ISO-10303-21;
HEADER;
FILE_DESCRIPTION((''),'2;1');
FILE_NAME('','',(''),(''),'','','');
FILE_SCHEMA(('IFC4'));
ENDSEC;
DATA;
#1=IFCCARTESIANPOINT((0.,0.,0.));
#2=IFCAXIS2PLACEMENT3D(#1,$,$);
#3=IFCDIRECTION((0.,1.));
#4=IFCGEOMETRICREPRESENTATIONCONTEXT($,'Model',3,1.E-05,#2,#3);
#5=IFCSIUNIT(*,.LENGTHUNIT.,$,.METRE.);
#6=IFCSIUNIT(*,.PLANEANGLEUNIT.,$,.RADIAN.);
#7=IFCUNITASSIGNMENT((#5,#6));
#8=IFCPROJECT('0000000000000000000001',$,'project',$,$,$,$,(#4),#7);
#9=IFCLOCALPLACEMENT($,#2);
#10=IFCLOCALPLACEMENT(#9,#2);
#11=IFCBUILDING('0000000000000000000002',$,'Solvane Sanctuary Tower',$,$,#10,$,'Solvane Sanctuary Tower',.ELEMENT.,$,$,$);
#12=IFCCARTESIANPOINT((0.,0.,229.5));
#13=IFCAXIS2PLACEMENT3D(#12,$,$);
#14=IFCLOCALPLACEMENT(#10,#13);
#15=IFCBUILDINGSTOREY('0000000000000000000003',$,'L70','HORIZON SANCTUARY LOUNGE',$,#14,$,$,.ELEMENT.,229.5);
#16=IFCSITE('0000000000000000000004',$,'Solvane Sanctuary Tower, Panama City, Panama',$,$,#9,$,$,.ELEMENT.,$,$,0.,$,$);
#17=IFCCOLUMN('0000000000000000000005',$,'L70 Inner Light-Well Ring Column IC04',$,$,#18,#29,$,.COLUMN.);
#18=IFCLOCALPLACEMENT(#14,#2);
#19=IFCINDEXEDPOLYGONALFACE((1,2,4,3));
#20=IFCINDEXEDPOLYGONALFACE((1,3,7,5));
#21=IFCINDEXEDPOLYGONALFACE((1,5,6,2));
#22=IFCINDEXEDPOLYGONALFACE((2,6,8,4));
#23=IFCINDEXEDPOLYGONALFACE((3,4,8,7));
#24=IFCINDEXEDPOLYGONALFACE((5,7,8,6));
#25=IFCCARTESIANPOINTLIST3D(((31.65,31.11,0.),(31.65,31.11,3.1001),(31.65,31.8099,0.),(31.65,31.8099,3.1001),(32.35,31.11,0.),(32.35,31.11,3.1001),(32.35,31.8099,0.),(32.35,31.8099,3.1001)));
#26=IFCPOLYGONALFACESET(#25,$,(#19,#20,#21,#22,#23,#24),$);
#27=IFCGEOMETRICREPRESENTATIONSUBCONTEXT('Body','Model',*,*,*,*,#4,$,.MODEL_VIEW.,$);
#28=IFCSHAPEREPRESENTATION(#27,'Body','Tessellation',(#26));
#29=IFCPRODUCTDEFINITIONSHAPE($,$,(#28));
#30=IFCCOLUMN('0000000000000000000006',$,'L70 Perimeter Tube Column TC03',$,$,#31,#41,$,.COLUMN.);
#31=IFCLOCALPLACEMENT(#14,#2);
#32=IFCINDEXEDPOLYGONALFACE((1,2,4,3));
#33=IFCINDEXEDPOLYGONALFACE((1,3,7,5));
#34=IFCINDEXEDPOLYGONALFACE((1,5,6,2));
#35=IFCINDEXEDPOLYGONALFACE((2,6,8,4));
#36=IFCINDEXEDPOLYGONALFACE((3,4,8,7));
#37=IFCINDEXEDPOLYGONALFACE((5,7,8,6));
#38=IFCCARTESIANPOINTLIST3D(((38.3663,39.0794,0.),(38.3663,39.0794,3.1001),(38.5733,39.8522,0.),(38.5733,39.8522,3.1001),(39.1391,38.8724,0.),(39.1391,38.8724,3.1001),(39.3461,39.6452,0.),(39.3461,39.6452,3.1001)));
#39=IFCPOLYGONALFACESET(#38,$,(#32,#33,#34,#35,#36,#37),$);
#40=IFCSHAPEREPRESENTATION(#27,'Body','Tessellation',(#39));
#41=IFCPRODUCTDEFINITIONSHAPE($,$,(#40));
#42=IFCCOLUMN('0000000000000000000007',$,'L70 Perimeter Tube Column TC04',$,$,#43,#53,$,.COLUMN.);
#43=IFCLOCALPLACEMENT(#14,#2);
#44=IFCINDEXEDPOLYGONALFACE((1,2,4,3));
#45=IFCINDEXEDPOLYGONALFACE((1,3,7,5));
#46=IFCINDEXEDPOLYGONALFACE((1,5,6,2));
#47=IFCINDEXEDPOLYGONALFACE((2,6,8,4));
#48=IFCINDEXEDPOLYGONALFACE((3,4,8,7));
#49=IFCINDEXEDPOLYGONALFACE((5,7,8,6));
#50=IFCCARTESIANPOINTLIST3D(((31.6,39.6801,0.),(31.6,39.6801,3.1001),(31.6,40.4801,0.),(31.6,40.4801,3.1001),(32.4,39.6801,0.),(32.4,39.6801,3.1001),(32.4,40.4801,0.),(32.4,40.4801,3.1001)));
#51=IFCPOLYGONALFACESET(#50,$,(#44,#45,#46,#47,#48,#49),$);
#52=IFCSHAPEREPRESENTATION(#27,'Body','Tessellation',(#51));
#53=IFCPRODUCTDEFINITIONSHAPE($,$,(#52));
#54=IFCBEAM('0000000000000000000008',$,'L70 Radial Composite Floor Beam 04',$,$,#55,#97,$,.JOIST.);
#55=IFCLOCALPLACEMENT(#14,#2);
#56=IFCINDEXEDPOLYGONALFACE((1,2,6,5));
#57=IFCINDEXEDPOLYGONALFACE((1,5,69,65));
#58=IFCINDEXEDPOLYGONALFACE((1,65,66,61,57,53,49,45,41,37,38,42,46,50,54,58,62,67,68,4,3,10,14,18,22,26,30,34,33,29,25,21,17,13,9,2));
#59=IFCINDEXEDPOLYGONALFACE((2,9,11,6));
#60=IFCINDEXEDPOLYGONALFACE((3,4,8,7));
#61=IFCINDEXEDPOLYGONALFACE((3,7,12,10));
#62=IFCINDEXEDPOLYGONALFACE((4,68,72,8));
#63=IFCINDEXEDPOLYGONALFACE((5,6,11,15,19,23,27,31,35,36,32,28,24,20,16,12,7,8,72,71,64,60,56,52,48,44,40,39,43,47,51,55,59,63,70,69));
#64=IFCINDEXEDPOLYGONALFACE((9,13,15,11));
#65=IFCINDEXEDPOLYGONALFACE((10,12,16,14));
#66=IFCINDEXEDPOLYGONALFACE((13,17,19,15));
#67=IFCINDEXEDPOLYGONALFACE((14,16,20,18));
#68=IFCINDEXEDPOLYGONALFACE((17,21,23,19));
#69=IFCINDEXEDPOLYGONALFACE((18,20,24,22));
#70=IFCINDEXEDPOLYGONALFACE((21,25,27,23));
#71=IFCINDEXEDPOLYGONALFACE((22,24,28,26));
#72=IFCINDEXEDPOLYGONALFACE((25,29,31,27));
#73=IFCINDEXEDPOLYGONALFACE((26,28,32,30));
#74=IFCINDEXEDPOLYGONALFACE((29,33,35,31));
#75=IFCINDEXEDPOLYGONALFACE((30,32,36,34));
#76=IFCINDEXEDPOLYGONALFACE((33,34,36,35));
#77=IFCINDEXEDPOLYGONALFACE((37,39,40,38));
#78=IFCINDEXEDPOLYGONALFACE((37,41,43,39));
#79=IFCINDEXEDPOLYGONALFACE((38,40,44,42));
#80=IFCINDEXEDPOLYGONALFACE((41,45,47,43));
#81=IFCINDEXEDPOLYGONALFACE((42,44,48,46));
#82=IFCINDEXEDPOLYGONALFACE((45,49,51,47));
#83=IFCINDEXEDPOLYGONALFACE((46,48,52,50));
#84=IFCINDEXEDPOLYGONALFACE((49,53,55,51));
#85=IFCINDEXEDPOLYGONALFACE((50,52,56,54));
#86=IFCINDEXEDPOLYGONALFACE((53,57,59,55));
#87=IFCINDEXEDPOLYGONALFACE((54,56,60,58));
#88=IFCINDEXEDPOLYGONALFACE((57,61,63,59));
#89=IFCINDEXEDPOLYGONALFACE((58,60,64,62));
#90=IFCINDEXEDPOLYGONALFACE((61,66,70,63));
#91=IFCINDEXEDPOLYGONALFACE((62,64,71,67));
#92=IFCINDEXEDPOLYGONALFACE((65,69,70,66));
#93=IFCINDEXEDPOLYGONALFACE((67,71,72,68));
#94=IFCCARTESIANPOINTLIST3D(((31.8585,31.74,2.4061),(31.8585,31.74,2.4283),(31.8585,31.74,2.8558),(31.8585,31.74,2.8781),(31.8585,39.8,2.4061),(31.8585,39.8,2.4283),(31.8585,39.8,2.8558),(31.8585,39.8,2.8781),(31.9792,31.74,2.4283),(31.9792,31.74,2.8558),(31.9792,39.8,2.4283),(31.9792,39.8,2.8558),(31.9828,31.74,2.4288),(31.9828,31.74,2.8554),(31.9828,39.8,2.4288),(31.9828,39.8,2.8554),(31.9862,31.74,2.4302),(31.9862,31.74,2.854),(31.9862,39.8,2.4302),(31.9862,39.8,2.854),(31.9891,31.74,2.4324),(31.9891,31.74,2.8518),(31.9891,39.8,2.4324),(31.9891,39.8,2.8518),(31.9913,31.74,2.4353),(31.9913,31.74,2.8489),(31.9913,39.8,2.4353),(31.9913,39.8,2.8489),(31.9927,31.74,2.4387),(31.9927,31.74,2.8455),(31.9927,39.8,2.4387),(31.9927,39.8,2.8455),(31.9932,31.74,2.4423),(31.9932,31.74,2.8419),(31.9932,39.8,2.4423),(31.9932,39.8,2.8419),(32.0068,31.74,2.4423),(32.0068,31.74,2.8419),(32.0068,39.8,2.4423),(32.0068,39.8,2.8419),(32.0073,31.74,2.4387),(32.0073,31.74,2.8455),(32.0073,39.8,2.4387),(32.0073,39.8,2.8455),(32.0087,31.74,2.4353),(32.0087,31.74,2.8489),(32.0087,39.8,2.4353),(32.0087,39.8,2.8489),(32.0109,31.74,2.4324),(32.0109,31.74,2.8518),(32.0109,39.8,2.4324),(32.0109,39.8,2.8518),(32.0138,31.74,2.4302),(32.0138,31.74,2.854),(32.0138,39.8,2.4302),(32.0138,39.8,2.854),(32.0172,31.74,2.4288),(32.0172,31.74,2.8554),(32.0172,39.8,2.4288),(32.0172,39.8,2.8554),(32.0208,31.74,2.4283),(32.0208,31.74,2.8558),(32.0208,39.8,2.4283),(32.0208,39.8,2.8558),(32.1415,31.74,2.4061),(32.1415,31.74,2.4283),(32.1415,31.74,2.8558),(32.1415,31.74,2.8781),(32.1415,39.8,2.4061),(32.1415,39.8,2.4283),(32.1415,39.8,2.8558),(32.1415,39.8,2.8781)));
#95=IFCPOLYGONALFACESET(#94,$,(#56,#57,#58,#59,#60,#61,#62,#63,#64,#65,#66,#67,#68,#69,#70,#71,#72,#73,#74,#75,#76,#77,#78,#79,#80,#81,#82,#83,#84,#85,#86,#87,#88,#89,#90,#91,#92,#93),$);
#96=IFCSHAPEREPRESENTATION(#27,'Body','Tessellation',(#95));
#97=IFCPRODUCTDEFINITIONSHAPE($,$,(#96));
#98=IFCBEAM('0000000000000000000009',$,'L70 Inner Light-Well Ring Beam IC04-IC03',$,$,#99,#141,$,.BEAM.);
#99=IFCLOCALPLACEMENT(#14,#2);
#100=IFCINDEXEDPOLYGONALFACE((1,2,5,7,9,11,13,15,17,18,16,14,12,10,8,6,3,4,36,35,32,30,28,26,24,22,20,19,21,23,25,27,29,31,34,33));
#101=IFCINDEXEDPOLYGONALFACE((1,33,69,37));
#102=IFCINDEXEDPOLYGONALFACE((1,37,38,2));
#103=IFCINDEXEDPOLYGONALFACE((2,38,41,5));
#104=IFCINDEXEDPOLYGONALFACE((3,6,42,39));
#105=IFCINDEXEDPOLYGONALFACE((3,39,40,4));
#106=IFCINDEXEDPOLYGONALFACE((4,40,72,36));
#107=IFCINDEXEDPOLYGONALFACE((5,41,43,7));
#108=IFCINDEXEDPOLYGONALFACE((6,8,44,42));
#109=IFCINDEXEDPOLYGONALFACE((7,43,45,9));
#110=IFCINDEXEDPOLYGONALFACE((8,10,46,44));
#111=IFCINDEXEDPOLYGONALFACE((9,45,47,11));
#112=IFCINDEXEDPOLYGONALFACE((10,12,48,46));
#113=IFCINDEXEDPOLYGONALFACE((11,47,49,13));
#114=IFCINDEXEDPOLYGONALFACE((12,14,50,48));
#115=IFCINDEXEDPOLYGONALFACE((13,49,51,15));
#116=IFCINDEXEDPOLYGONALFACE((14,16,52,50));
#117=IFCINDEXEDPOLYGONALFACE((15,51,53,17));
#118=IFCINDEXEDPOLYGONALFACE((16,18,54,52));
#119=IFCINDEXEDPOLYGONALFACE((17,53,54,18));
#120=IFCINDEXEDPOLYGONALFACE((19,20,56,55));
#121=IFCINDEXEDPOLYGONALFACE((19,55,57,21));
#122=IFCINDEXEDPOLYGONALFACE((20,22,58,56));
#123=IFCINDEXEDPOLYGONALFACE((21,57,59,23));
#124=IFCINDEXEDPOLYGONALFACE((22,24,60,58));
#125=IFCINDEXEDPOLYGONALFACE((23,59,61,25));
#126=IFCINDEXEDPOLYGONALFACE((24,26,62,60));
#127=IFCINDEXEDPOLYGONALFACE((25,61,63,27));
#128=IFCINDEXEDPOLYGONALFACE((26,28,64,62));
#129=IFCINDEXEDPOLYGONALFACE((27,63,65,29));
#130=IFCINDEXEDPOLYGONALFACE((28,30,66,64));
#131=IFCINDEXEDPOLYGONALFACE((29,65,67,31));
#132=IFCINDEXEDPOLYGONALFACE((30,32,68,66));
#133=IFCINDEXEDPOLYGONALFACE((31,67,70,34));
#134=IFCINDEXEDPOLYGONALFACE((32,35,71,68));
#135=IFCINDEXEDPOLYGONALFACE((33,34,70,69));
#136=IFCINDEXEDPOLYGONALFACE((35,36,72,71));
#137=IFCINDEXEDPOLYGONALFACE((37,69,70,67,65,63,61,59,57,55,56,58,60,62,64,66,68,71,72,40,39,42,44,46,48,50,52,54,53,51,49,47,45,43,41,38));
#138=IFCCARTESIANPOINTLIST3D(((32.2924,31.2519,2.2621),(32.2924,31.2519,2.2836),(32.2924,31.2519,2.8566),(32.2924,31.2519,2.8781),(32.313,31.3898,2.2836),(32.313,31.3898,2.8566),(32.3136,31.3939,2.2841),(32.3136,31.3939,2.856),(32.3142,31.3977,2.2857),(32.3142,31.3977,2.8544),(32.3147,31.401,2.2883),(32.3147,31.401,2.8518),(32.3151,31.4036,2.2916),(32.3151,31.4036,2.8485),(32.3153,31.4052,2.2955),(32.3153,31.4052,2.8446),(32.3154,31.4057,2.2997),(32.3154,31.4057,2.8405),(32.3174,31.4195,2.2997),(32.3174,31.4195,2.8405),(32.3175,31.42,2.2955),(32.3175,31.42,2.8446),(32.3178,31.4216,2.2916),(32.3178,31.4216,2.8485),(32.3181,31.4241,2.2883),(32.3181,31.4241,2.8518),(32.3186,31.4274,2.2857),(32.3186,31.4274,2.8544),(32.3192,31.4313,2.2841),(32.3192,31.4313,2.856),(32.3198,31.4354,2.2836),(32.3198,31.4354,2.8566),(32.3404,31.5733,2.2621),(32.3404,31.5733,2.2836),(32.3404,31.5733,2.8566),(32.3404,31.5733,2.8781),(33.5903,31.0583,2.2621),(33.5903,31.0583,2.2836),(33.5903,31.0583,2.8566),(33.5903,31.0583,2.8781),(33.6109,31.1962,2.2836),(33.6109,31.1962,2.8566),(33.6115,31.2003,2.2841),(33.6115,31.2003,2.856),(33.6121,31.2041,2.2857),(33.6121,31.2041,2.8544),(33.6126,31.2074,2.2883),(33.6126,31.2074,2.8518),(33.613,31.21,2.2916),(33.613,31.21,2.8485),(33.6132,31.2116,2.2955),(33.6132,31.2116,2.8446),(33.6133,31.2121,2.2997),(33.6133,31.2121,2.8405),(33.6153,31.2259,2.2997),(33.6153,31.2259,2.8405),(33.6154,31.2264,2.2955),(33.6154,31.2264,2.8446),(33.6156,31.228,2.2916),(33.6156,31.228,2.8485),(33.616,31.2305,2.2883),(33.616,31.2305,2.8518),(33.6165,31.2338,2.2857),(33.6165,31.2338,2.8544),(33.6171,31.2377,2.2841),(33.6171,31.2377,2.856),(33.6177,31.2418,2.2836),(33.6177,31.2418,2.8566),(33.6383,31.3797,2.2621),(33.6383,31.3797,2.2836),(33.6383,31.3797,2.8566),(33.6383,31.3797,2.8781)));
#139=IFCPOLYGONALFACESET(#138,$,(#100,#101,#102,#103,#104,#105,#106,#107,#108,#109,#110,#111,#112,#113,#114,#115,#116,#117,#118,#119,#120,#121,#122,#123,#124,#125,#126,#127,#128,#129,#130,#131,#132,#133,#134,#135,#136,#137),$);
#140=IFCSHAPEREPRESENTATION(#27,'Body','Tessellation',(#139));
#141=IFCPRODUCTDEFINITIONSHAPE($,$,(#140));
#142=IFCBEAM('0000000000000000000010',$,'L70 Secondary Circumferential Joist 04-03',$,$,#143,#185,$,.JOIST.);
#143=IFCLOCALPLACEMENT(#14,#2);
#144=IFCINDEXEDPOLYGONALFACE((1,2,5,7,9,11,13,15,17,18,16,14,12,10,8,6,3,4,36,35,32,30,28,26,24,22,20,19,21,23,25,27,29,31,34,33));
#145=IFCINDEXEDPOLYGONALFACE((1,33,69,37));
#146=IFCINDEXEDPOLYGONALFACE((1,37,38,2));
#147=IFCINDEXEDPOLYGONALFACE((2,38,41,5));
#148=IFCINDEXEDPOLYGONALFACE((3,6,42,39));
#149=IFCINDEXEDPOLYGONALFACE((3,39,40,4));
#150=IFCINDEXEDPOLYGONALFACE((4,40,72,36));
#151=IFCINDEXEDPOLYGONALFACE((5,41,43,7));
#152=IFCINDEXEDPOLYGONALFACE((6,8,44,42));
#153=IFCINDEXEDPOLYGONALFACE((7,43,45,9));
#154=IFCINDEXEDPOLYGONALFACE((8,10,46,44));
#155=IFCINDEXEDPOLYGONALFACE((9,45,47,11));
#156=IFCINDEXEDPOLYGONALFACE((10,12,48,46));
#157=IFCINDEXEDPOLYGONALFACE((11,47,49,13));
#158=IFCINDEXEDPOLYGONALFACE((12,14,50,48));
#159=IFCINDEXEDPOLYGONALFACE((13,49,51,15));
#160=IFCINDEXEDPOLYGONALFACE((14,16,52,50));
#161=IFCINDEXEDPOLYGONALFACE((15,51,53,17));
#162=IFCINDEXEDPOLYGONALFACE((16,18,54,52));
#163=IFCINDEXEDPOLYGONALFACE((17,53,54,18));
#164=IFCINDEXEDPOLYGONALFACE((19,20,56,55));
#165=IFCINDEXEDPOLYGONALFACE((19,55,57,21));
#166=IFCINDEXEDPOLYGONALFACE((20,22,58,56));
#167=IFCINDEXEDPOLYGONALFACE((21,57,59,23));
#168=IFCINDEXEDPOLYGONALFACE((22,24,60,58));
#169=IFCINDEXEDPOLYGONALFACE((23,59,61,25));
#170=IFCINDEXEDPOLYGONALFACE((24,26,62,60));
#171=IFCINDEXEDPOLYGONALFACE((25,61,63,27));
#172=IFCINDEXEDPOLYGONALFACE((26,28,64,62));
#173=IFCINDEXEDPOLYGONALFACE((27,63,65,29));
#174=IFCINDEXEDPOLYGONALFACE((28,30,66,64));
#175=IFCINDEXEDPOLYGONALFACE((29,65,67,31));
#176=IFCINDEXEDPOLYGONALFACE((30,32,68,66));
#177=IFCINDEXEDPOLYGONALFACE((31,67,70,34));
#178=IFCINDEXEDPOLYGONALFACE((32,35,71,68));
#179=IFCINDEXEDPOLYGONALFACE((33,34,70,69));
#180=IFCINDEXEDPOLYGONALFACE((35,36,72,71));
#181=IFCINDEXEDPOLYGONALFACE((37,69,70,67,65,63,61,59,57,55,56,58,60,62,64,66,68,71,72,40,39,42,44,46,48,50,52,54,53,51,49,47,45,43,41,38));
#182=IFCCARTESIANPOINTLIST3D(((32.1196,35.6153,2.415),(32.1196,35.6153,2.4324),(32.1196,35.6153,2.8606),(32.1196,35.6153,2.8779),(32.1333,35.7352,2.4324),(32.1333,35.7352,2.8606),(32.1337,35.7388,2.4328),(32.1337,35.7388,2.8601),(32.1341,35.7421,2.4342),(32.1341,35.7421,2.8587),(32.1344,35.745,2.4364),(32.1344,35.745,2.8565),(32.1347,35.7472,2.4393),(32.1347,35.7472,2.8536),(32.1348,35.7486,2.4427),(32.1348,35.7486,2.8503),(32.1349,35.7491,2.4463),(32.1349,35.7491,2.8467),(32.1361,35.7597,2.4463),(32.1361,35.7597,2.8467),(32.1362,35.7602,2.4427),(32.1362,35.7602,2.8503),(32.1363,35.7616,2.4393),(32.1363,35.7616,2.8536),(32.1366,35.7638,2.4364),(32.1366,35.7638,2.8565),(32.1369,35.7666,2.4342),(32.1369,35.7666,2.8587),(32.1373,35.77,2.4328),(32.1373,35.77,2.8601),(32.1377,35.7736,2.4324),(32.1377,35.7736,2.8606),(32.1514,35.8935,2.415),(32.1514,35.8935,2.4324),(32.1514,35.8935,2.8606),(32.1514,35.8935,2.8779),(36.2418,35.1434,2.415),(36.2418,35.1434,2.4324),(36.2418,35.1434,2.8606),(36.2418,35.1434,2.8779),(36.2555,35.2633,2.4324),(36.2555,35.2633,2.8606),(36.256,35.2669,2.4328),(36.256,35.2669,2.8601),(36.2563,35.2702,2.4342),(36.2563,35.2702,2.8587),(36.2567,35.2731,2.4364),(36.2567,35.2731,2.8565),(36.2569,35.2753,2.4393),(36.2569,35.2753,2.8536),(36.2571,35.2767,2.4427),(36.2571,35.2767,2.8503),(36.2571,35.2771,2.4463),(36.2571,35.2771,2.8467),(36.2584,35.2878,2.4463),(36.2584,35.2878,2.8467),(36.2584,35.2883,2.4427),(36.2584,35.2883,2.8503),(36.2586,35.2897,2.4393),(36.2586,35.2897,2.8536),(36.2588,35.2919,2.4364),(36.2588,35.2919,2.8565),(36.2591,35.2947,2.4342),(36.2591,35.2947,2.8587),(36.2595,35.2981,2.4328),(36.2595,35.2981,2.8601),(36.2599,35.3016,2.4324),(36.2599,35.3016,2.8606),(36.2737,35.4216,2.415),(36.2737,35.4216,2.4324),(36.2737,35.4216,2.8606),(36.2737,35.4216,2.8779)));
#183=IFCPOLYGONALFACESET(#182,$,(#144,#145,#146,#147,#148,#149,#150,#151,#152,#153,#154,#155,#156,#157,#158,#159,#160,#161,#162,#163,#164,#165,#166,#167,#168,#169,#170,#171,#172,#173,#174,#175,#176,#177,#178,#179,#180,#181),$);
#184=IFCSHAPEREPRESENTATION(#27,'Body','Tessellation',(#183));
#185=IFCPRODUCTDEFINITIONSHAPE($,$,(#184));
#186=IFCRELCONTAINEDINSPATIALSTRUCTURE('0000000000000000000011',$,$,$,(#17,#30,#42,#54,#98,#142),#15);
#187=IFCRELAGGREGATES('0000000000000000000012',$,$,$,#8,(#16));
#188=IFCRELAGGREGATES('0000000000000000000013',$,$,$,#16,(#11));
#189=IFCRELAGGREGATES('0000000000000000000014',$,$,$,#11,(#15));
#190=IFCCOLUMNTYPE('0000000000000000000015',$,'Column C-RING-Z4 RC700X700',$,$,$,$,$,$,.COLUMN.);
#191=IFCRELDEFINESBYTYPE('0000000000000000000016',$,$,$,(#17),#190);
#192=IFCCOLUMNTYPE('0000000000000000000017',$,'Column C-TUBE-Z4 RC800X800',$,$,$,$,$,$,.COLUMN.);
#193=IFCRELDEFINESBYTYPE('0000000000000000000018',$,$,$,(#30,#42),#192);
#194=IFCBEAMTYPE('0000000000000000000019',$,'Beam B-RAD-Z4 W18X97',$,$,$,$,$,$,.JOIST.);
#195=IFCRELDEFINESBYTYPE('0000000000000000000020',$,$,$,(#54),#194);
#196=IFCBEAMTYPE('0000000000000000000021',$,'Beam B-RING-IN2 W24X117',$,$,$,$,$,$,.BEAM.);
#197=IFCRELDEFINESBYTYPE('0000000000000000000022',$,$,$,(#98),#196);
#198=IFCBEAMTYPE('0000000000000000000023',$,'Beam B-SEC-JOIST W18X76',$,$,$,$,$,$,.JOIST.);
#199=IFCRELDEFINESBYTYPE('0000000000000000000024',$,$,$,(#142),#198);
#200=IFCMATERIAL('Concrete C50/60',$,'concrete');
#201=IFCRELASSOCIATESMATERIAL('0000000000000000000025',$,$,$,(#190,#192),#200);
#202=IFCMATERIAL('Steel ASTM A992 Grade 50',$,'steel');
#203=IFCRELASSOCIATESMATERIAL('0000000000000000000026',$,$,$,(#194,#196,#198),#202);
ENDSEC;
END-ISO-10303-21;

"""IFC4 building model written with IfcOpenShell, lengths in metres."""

from ifc_helpers import new_model, si_unit, direction, frame, origin, origin_2d, place, context, subcontext, project, spatial, rectangle, i_section, extrude, material, material_profile, profile_set, type_object, element, save


model = new_model("IFC4")

# Units and contexts
model_context = context("Model", 3, precision=1e-05, world=origin(), true_north=direction((0.0, 1.0)))
body_context = subcontext(model_context, "Body", "Model", "MODEL_VIEW")
ifc_project = project(units=[si_unit("LENGTHUNIT", "METRE"), si_unit("PLANEANGLEUNIT", "RADIAN")], contexts=[model_context])

# Site, building, storey
site_placement = place(None, origin())
site = spatial("IfcSite", under=ifc_project, at=site_placement, Name="Solvane Sanctuary Tower, Panama City, Panama", CompositionType="ELEMENT", RefElevation=0.0)
building_placement = place(site_placement, origin())
building = spatial("IfcBuilding", under=site, at=building_placement, Name="Solvane Sanctuary Tower", LongName="Solvane Sanctuary Tower", CompositionType="ELEMENT")
storey_placement = place(building_placement, frame((0.0, 0.0, 229.5)))
storey = spatial("IfcBuildingStorey", under=building, at=storey_placement, Name="L70", Description="HORIZON SANCTUARY LOUNGE", CompositionType="ELEMENT", Elevation=229.5)

# Columns
ifc_material_1 = material(Name="Concrete C50/60", Category="concrete")
ifc_material_profile_1 = material_profile(ifc_material_1, rectangle(XDim=0.7, YDim=0.7, at=origin_2d()), Name="RC700X700")
ifc_profile_set_1 = profile_set([ifc_material_profile_1], Name="Concrete C50/60")
column_type_1 = type_object("IfcColumnType", Name="Column C-RING-Z4 RC700X700", PredefinedType="COLUMN", material=ifc_profile_set_1)
column_placement = place(storey_placement, frame((32.0, 31.46, 0.0), z_axis=(0.0, 0.0, 1.0), x_axis=(1.0, 0.0, 0.0)))
element("IfcColumn", 1, at=column_placement, inside=storey, type_object=column_type_1, Name="L70 Inner Light-Well Ring Column IC04", PredefinedType="COLUMN", context=body_context, shape_type="SweptSolid", body=[
    extrude(rectangle(XDim=0.7, YDim=0.7, at=origin_2d()), origin(), (0.0, 0.0, 1.0), 3.1001),
])
ifc_material_profile_2 = material_profile(ifc_material_1, rectangle(XDim=0.8, YDim=0.8, at=origin_2d()), Name="RC800X800")
ifc_profile_set_2 = profile_set([ifc_material_profile_2], Name="Concrete C50/60")
column_type_2 = type_object("IfcColumnType", Name="Column C-TUBE-Z4 RC800X800", PredefinedType="COLUMN", material=ifc_profile_set_2)
for number, where, z_axis, x_axis, name in (
    (2, (38.8562, 39.3623, 0.0), (0.0, 0.0, 1.0), (0.258819, 0.965926, 0.0), "L70 Perimeter Tube Column TC03"),
    (3, (32.0, 40.0801, 0.0), (0.0, 0.0, 1.0), (0.0, 1.0, 0.0), "L70 Perimeter Tube Column TC04"),
):
    element("IfcColumn", number, at=place(storey_placement, frame(where, z_axis=z_axis, x_axis=x_axis)), inside=storey, type_object=column_type_2, Name=name, PredefinedType="COLUMN", context=body_context, shape_type="SweptSolid", body=[
        extrude(rectangle(XDim=0.8, YDim=0.8, at=origin_2d()), origin(), (0.0, 0.0, 1.0), 3.1001),
    ])

# Beams
ifc_material_2 = material(Name="Steel ASTM A992 Grade 50", Category="steel")
ifc_material_profile_3 = material_profile(ifc_material_2, i_section(OverallWidth=0.283, OverallDepth=0.4719, WebThickness=0.0137, FlangeThickness=0.0222, FilletRadius=0.0139, at=origin_2d()), Name="W18X97")
ifc_profile_set_3 = profile_set([ifc_material_profile_3], Name="Steel ASTM A992 Grade 50")
beam_type_1 = type_object("IfcBeamType", Name="Beam B-RAD-Z4 W18X97", PredefinedType="JOIST", material=ifc_profile_set_3)
beam_1_placement = place(storey_placement, frame((32.0, 31.74, 2.6421), z_axis=(0.0, 1.0, 0.0), x_axis=(-1.0, 0.0, 0.0)))
element("IfcBeam", 4, at=beam_1_placement, inside=storey, type_object=beam_type_1, Name="L70 Radial Composite Floor Beam 04", PredefinedType="JOIST", context=body_context, shape_type="SweptSolid", body=[
    extrude(i_section(OverallWidth=0.283, OverallDepth=0.4719, WebThickness=0.0137, FlangeThickness=0.0222, FilletRadius=0.0139, at=origin_2d()), origin(), (0.0, 0.0, 1.0), 8.0601),
])
ifc_material_profile_4 = material_profile(ifc_material_2, i_section(OverallWidth=0.325, OverallDepth=0.616, WebThickness=0.0139, FlangeThickness=0.0215, FilletRadius=0.0161, at=origin_2d()), Name="W24X117")
ifc_profile_set_4 = profile_set([ifc_material_profile_4], Name="Steel ASTM A992 Grade 50")
beam_type_2 = type_object("IfcBeamType", Name="Beam B-RING-IN2 W24X117", PredefinedType="BEAM", material=ifc_profile_set_4)
beam_2_placement = place(storey_placement, frame((32.3164, 31.4126, 2.5701), z_axis=(0.989056, -0.14754, 0.0), x_axis=(0.14754, 0.989056, 0.0)))
element("IfcBeam", 5, at=beam_2_placement, inside=storey, type_object=beam_type_2, Name="L70 Inner Light-Well Ring Beam IC04-IC03", PredefinedType="BEAM", context=body_context, shape_type="SweptSolid", body=[
    extrude(i_section(OverallWidth=0.325, OverallDepth=0.616, WebThickness=0.0139, FlangeThickness=0.0215, FilletRadius=0.0161, at=origin_2d()), origin(), (0.0, 0.0, 1.0), 1.3123),
])
ifc_material_profile_5 = material_profile(ifc_material_2, i_section(OverallWidth=0.28, OverallDepth=0.4629, WebThickness=0.0107, FlangeThickness=0.0173, FilletRadius=0.0139, at=origin_2d()), Name="W18X76")
ifc_profile_set_5 = profile_set([ifc_material_profile_5], Name="Steel ASTM A992 Grade 50")
beam_type_3 = type_object("IfcBeamType", Name="Beam B-SEC-JOIST W18X76", PredefinedType="JOIST", material=ifc_profile_set_5)
beam_3_placement = place(storey_placement, frame((32.1355, 35.7544, 2.6465), z_axis=(0.993511, -0.113737, 0.0), x_axis=(0.113737, 0.993511, 0.0)))
element("IfcBeam", 6, at=beam_3_placement, inside=storey, type_object=beam_type_3, Name="L70 Secondary Circumferential Joist 04-03", PredefinedType="JOIST", context=body_context, shape_type="SweptSolid", body=[
    extrude(i_section(OverallWidth=0.28, OverallDepth=0.4629, WebThickness=0.0107, FlangeThickness=0.0173, FilletRadius=0.0139, at=origin_2d()), origin(), (0.0, 0.0, 1.0), 4.1492),
])

save(model, "model.ifc")
